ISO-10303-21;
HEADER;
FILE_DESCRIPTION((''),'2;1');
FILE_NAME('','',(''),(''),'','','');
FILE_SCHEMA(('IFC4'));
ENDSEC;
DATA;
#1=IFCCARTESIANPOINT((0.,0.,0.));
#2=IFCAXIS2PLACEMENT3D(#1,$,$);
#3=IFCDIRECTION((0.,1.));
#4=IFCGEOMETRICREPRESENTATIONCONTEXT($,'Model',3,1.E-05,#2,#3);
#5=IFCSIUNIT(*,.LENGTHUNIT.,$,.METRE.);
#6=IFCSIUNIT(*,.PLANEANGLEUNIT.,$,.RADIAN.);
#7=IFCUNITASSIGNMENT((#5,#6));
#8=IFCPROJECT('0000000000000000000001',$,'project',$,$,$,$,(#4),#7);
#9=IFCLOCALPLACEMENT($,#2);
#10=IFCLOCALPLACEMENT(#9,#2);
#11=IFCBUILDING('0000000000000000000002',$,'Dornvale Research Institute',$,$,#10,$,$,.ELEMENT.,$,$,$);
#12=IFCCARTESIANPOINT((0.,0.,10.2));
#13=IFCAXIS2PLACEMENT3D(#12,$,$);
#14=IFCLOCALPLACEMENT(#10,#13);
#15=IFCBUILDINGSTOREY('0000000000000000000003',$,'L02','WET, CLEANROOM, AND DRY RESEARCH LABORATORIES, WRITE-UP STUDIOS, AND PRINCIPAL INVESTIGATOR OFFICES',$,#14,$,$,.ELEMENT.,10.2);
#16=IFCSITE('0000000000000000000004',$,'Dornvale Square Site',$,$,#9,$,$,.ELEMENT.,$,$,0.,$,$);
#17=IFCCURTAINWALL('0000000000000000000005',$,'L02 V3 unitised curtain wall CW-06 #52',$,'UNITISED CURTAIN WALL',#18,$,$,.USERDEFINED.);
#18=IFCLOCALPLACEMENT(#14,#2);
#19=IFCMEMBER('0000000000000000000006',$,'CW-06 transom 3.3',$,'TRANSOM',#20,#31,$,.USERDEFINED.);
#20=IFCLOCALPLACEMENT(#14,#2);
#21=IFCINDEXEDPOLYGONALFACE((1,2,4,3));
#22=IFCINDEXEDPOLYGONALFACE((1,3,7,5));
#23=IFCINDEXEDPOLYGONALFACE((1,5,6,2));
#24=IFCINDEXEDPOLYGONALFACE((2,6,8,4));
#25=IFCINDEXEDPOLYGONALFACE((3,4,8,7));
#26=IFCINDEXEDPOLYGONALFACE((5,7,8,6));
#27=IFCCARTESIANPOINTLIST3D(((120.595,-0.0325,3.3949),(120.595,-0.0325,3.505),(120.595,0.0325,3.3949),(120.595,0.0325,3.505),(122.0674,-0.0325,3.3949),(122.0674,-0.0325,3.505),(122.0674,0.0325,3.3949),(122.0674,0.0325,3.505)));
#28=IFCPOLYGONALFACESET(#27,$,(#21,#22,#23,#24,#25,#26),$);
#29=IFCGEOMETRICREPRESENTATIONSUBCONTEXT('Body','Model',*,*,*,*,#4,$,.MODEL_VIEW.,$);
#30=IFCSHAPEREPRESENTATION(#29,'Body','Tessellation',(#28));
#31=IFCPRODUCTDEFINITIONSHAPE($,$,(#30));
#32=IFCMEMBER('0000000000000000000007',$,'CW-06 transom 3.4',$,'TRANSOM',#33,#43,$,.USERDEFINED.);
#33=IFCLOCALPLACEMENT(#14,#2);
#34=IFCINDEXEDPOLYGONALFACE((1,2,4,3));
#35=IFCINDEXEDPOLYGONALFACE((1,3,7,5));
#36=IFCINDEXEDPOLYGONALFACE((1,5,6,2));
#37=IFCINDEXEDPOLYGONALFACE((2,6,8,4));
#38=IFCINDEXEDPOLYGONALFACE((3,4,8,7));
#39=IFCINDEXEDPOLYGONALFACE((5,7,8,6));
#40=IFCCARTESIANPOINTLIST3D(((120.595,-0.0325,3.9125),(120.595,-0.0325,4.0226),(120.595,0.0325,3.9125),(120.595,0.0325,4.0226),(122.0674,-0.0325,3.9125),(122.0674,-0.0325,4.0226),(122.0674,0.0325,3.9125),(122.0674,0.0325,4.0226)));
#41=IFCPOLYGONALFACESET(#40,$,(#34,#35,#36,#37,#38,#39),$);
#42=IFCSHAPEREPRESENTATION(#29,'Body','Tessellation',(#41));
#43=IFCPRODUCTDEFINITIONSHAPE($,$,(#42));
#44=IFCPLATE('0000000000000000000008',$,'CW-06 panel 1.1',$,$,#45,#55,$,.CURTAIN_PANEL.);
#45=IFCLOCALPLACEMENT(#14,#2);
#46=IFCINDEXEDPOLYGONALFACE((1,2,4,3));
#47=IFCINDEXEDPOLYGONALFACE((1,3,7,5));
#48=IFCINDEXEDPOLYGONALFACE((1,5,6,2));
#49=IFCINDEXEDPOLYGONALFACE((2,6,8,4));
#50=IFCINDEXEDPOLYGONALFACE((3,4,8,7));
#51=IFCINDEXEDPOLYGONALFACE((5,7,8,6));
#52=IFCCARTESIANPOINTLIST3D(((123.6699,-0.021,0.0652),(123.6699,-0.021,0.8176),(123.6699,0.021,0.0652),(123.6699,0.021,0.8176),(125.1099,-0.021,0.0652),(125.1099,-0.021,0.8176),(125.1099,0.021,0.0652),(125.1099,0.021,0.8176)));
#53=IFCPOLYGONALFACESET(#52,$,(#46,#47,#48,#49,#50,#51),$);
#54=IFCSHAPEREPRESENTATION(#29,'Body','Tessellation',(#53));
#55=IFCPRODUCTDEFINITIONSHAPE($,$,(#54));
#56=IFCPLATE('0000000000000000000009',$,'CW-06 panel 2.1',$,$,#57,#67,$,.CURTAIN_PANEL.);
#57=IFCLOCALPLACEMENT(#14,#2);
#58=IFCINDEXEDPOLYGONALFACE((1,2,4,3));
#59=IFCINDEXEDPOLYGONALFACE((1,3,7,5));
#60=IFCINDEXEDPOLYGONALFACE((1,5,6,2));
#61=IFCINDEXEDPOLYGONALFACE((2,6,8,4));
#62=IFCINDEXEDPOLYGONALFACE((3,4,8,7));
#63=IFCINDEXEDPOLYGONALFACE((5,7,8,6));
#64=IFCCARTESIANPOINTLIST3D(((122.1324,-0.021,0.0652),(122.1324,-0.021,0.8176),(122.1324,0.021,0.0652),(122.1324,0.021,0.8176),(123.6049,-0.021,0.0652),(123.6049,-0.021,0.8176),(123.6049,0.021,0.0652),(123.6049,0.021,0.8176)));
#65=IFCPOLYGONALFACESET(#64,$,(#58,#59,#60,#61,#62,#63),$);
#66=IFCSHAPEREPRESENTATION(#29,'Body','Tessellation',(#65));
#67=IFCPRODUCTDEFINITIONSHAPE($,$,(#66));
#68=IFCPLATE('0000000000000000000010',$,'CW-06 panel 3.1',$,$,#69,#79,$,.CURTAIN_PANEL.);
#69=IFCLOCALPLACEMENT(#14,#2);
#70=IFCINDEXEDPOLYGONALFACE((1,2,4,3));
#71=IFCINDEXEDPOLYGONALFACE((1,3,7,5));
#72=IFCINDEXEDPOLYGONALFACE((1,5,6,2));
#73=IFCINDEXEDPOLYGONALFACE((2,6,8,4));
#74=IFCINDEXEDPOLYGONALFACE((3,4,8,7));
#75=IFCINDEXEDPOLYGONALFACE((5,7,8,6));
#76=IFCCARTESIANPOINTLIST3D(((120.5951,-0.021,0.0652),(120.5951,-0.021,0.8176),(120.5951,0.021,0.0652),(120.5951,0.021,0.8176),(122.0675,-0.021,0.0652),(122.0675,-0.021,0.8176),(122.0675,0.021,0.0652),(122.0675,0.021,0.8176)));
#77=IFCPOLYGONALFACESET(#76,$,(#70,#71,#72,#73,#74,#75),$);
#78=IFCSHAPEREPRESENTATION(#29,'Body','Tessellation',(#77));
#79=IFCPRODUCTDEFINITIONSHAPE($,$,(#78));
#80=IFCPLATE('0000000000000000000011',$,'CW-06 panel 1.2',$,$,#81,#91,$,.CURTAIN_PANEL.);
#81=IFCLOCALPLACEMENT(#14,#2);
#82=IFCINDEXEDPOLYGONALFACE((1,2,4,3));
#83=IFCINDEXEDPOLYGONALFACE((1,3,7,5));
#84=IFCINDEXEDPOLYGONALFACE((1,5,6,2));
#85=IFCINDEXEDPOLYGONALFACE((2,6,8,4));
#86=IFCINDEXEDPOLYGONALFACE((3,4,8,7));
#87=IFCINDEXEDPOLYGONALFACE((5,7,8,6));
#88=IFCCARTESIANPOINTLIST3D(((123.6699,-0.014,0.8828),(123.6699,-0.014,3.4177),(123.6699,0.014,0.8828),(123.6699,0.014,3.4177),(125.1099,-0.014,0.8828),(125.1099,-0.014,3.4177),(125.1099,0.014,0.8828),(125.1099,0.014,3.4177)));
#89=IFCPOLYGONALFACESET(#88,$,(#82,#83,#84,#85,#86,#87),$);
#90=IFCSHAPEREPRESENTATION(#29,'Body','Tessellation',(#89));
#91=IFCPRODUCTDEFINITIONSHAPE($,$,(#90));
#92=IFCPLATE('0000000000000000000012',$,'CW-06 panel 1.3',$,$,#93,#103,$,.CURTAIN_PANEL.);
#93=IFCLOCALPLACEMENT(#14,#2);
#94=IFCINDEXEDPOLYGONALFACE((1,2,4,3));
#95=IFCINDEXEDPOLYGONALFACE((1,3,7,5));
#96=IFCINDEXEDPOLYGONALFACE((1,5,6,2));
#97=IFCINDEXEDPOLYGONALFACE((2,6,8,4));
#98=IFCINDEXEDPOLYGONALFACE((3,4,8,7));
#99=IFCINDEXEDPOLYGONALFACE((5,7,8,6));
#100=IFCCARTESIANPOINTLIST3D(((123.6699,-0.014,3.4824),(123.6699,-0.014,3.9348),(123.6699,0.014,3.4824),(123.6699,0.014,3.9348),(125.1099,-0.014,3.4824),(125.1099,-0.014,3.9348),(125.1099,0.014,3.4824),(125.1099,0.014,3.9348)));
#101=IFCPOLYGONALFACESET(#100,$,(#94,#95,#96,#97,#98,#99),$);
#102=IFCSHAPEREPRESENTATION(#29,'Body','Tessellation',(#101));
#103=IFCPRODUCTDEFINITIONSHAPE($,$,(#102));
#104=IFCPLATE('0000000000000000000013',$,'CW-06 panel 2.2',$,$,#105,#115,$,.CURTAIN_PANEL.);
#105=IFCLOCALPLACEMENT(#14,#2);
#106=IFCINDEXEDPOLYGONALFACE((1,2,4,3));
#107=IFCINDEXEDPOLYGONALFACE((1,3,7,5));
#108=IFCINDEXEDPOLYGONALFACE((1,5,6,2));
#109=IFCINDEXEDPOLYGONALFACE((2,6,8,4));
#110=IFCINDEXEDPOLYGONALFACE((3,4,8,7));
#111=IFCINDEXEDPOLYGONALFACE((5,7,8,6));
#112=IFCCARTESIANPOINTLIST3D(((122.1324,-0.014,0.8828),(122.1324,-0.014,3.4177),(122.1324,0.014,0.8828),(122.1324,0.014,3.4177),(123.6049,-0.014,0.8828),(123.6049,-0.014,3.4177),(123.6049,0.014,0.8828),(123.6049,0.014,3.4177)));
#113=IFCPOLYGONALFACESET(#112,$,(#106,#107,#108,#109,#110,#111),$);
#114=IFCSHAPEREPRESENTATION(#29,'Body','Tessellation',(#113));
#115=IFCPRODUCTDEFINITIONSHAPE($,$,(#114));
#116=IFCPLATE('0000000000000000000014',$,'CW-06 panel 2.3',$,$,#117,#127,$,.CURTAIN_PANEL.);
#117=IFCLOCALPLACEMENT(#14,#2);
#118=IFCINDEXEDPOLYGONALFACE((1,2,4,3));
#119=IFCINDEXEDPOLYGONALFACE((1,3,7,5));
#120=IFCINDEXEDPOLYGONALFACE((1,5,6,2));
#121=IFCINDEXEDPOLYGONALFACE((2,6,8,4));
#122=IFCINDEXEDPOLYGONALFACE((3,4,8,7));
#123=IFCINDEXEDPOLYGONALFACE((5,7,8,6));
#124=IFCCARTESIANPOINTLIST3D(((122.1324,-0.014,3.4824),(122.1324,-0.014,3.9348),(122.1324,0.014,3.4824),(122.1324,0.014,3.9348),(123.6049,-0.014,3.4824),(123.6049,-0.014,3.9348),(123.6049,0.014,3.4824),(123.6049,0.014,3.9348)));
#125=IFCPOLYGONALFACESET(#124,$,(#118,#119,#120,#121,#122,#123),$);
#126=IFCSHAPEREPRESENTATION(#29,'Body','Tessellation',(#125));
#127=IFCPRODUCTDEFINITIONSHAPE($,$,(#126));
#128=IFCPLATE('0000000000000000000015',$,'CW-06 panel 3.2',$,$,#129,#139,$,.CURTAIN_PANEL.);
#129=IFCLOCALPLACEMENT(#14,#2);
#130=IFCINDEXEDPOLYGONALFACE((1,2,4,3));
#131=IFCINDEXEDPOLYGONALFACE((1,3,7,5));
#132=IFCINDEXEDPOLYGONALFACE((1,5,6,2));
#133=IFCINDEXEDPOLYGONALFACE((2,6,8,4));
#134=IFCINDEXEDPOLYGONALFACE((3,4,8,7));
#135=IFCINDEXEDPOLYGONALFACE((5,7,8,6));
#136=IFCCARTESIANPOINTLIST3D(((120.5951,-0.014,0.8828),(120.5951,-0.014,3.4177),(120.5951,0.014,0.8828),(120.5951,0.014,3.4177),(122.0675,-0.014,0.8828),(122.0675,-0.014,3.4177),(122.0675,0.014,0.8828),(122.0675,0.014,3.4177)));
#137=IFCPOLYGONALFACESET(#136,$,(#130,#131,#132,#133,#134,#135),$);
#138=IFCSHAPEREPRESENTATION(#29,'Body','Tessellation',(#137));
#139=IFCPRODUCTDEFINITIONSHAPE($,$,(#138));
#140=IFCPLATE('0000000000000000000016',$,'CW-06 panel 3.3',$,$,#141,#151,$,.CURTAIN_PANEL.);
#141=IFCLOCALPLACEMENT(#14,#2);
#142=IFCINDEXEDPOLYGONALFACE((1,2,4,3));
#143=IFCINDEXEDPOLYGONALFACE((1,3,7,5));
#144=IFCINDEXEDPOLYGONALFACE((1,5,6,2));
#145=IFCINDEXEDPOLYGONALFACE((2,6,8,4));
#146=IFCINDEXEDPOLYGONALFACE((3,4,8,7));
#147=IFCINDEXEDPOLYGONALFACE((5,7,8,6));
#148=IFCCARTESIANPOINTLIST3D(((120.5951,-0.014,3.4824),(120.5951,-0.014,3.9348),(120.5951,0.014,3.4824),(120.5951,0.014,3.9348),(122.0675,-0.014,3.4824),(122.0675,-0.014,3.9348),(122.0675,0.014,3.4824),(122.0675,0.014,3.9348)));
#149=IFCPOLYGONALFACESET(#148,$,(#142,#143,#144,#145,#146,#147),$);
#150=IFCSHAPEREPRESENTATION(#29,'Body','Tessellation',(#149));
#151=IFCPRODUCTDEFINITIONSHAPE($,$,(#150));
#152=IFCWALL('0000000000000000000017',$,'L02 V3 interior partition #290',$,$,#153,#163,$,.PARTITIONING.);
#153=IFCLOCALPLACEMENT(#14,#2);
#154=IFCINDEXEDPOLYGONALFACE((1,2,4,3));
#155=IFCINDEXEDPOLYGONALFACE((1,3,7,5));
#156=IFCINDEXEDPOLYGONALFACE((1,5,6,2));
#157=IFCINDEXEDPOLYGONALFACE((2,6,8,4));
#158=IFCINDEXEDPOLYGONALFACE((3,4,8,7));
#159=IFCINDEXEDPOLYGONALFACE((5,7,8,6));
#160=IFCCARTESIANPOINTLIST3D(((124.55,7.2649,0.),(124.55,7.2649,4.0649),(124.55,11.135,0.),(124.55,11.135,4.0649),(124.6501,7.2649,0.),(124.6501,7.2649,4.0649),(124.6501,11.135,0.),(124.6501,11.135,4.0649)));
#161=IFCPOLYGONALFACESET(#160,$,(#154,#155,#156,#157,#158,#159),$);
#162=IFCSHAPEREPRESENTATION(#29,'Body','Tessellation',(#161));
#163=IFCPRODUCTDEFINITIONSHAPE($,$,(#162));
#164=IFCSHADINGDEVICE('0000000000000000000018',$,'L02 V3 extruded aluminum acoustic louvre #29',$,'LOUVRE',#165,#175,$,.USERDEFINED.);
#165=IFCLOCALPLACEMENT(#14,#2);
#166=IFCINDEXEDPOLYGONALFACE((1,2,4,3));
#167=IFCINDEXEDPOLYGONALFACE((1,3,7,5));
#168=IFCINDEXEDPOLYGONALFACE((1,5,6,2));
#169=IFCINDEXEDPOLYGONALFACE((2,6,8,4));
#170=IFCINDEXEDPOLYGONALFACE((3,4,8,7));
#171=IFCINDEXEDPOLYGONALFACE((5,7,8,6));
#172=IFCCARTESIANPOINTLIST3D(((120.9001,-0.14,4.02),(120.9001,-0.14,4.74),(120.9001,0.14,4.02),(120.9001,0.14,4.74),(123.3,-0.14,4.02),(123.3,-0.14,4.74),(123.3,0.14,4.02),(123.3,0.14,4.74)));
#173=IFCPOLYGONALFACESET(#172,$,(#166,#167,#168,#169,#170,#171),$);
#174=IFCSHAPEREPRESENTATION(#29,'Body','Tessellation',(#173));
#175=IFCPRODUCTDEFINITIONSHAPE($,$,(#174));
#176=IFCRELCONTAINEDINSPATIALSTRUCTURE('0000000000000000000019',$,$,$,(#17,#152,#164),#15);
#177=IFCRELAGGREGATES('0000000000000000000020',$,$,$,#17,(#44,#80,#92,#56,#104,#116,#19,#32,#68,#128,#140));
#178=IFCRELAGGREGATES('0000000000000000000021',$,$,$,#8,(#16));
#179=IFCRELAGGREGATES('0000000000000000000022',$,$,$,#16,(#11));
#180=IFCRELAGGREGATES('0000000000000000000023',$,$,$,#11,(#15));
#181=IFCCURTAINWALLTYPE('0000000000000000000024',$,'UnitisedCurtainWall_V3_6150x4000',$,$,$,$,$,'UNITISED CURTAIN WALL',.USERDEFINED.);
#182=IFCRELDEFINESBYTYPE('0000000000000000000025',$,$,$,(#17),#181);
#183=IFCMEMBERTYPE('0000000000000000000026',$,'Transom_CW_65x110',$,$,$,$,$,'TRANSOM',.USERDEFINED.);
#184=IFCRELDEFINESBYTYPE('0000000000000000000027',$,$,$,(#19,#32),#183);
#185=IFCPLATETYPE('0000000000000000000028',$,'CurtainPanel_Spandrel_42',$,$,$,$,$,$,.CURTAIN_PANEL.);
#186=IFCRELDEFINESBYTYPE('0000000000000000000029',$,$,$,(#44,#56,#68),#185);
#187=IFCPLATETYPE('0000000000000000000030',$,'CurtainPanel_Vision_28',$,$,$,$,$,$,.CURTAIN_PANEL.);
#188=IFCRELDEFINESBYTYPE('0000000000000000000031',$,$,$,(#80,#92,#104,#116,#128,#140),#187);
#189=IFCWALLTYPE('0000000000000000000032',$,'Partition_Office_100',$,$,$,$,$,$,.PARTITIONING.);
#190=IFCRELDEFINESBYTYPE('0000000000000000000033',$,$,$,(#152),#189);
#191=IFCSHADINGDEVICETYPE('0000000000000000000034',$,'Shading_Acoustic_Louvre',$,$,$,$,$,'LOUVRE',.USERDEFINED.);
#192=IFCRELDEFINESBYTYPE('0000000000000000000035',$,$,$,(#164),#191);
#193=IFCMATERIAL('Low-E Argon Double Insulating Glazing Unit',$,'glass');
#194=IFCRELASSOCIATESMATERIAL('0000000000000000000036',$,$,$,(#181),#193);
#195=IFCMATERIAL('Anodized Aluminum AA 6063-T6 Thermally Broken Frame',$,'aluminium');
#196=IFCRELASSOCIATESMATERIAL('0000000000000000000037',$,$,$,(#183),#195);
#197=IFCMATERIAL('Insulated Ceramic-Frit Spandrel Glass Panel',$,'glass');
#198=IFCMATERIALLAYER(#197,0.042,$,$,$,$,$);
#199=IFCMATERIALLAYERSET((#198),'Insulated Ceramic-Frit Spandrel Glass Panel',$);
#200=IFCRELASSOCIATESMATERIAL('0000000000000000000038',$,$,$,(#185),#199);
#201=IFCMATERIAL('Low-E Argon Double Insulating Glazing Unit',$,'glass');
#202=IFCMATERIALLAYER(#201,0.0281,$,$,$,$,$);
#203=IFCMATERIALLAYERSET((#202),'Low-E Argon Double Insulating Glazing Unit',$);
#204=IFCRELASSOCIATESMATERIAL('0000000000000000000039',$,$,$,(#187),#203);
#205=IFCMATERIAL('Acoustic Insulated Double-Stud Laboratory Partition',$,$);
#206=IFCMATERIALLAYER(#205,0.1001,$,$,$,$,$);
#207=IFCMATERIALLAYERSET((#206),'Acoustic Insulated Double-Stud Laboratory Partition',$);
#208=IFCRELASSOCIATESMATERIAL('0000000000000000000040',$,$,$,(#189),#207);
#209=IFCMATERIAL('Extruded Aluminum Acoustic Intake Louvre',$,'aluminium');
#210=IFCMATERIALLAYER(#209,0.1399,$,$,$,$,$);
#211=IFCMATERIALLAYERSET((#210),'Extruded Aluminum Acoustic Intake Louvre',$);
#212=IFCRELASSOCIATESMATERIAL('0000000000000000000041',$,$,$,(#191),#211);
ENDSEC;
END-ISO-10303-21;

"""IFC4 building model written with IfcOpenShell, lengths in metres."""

from ifc_helpers import new_model, si_unit, direction, frame, frame_2d, origin, origin_2d, place, context, subcontext, project, spatial, rectangle, extrude, material, layer, layer_set, material_profile, profile_set, type_object, element, aggregate, save


model = new_model("IFC4")

# Units and contexts
model_context = context("Model", 3, precision=1e-05, world=origin(), true_north=direction((0.0, 1.0)))
body_context = subcontext(model_context, "Body", "Model", "MODEL_VIEW")
ifc_project = project(units=[si_unit("LENGTHUNIT", "METRE"), si_unit("PLANEANGLEUNIT", "RADIAN")], contexts=[model_context])

# Site, building, storey
site_placement = place(None, origin())
site = spatial("IfcSite", under=ifc_project, at=site_placement, Name="Dornvale Square Site", CompositionType="ELEMENT", RefElevation=0.0)
building_placement = place(site_placement, origin())
building = spatial("IfcBuilding", under=site, at=building_placement, Name="Dornvale Research Institute", CompositionType="ELEMENT")
storey_placement = place(building_placement, frame((0.0, 0.0, 10.2)))
storey = spatial("IfcBuildingStorey", under=building, at=storey_placement, Name="L02", Description="WET, CLEANROOM, AND DRY RESEARCH LABORATORIES, WRITE-UP STUDIOS, AND PRINCIPAL INVESTIGATOR OFFICES", CompositionType="ELEMENT", Elevation=10.2)

# Curtain wall, members, plates
ifc_material_1 = material(Name="Low-E Argon Double Insulating Glazing Unit", Category="glass")
curtain_wall_type = type_object("IfcCurtainWallType", Name="UnitisedCurtainWall_V3_6150x4000", ElementType="UNITISED CURTAIN WALL", PredefinedType="USERDEFINED", material=ifc_material_1)
curtain_wall_placement = place(storey_placement, origin())
curtain_wall = element("IfcCurtainWall", 1, at=curtain_wall_placement, inside=storey, type_object=curtain_wall_type, Name="L02 V3 unitised curtain wall CW-06 #52", ObjectType="UNITISED CURTAIN WALL", PredefinedType="USERDEFINED")
ifc_material_2 = material(Name="Anodized Aluminum AA 6063-T6 Thermally Broken Frame", Category="aluminium")
ifc_material_profile_1 = material_profile(ifc_material_2, rectangle(XDim=0.0649, YDim=0.1101, at=origin_2d()), Name="ALU TRANSOM 65x110")
ifc_profile_set_1 = profile_set([ifc_material_profile_1], Name="Anodized Aluminum AA 6063-T6 Thermally Broken Frame")
member_type_1 = type_object("IfcMemberType", Name="Transom_CW_65x110", ElementType="TRANSOM", PredefinedType="USERDEFINED", material=ifc_profile_set_1)
member_1_placement = place(storey_placement, frame((122.0674, 0.0, 3.45), z_axis=(-1.0, 0.0, 0.0), x_axis=(0.0, -1.0, 0.0)))
member_1 = element("IfcMember", 2, at=member_1_placement, type_object=member_type_1, Name="CW-06 transom 3.3", ObjectType="TRANSOM", PredefinedType="USERDEFINED", context=body_context, shape_type="SweptSolid", body=[
    extrude(rectangle(XDim=0.0649, YDim=0.1101, at=origin_2d()), origin(), (0.0, 0.0, 1.0), 1.4724),
])
member_2_placement = place(storey_placement, frame((122.0674, 0.0, 3.9675), z_axis=(-1.0, 0.0, 0.0), x_axis=(0.0, -1.0, 0.0)))
member_2 = element("IfcMember", 3, at=member_2_placement, type_object=member_type_1, Name="CW-06 transom 3.4", ObjectType="TRANSOM", PredefinedType="USERDEFINED", context=body_context, shape_type="SweptSolid", body=[
    extrude(rectangle(XDim=0.0649, YDim=0.1101, at=origin_2d()), origin(), (0.0, 0.0, 1.0), 1.4724),
])
ifc_material_3 = material(Name="Insulated Ceramic-Frit Spandrel Glass Panel", Category="glass")
ifc_layer_1 = layer(ifc_material_3, 0.042)
ifc_layer_set_1 = layer_set([ifc_layer_1], Name="Insulated Ceramic-Frit Spandrel Glass Panel")
plate_type_1 = type_object("IfcPlateType", Name="CurtainPanel_Spandrel_42", PredefinedType="CURTAIN_PANEL", material=ifc_layer_set_1)
plate_1_placement = place(storey_placement, frame((124.3899, 0.0, 0.0652), z_axis=(0.0, 0.0, 1.0), x_axis=(-1.0, 0.0, 0.0)))
plate_1 = element("IfcPlate", 4, at=plate_1_placement, type_object=plate_type_1, Name="CW-06 panel 1.1", PredefinedType="CURTAIN_PANEL", context=body_context, shape_type="SweptSolid", body=[
    extrude(rectangle(XDim=1.4399, YDim=0.042, at=origin_2d()), origin(), (0.0, 0.0, 1.0), 0.7524),
])
plate_2_placement = place(storey_placement, frame((122.8687, 0.0, 0.0652), z_axis=(0.0, 0.0, 1.0), x_axis=(-1.0, 0.0, 0.0)))
plate_2 = element("IfcPlate", 5, at=plate_2_placement, type_object=plate_type_1, Name="CW-06 panel 2.1", PredefinedType="CURTAIN_PANEL", context=body_context, shape_type="SweptSolid", body=[
    extrude(rectangle(XDim=1.4724, YDim=0.042, at=origin_2d()), origin(), (0.0, 0.0, 1.0), 0.7524),
])
plate_3_placement = place(storey_placement, frame((121.3313, 0.0, 0.0652), z_axis=(0.0, 0.0, 1.0), x_axis=(-1.0, 0.0, 0.0)))
plate_3 = element("IfcPlate", 6, at=plate_3_placement, type_object=plate_type_1, Name="CW-06 panel 3.1", PredefinedType="CURTAIN_PANEL", context=body_context, shape_type="SweptSolid", body=[
    extrude(rectangle(XDim=1.4724, YDim=0.042, at=origin_2d()), origin(), (0.0, 0.0, 1.0), 0.7524),
])
ifc_material_4 = material(Name="Low-E Argon Double Insulating Glazing Unit", Category="glass")
ifc_layer_2 = layer(ifc_material_4, 0.0281)
ifc_layer_set_2 = layer_set([ifc_layer_2], Name="Low-E Argon Double Insulating Glazing Unit")
plate_type_2 = type_object("IfcPlateType", Name="CurtainPanel_Vision_28", PredefinedType="CURTAIN_PANEL", material=ifc_layer_set_2)
plate_4_placement = place(storey_placement, frame((124.3899, 0.0, 0.8828), z_axis=(0.0, 0.0, 1.0), x_axis=(-1.0, 0.0, 0.0)))
plate_4 = element("IfcPlate", 7, at=plate_4_placement, type_object=plate_type_2, Name="CW-06 panel 1.2", PredefinedType="CURTAIN_PANEL", context=body_context, shape_type="SweptSolid", body=[
    extrude(rectangle(XDim=1.4399, YDim=0.0281, at=origin_2d()), origin(), (0.0, 0.0, 1.0), 2.5349),
])
plate_5_placement = place(storey_placement, frame((124.3899, 0.0, 3.4824), z_axis=(0.0, 0.0, 1.0), x_axis=(-1.0, 0.0, 0.0)))
plate_5 = element("IfcPlate", 8, at=plate_5_placement, type_object=plate_type_2, Name="CW-06 panel 1.3", PredefinedType="CURTAIN_PANEL", context=body_context, shape_type="SweptSolid", body=[
    extrude(rectangle(XDim=1.4399, YDim=0.0281, at=origin_2d()), origin(), (0.0, 0.0, 1.0), 0.4524),
])
plate_6_placement = place(storey_placement, frame((122.8687, 0.0, 0.8828), z_axis=(0.0, 0.0, 1.0), x_axis=(-1.0, 0.0, 0.0)))
plate_6 = element("IfcPlate", 9, at=plate_6_placement, type_object=plate_type_2, Name="CW-06 panel 2.2", PredefinedType="CURTAIN_PANEL", context=body_context, shape_type="SweptSolid", body=[
    extrude(rectangle(XDim=1.4724, YDim=0.0281, at=origin_2d()), origin(), (0.0, 0.0, 1.0), 2.5349),
])
plate_7_placement = place(storey_placement, frame((122.8687, 0.0, 3.4824), z_axis=(0.0, 0.0, 1.0), x_axis=(-1.0, 0.0, 0.0)))
plate_7 = element("IfcPlate", 10, at=plate_7_placement, type_object=plate_type_2, Name="CW-06 panel 2.3", PredefinedType="CURTAIN_PANEL", context=body_context, shape_type="SweptSolid", body=[
    extrude(rectangle(XDim=1.4724, YDim=0.0281, at=origin_2d()), origin(), (0.0, 0.0, 1.0), 0.4524),
])
plate_8_placement = place(storey_placement, frame((121.3313, 0.0, 0.8828), z_axis=(0.0, 0.0, 1.0), x_axis=(-1.0, 0.0, 0.0)))
plate_8 = element("IfcPlate", 11, at=plate_8_placement, type_object=plate_type_2, Name="CW-06 panel 3.2", PredefinedType="CURTAIN_PANEL", context=body_context, shape_type="SweptSolid", body=[
    extrude(rectangle(XDim=1.4724, YDim=0.0281, at=origin_2d()), origin(), (0.0, 0.0, 1.0), 2.5349),
])
plate_9_placement = place(storey_placement, frame((121.3313, 0.0, 3.4824), z_axis=(0.0, 0.0, 1.0), x_axis=(-1.0, 0.0, 0.0)))
plate_9 = element("IfcPlate", 12, at=plate_9_placement, type_object=plate_type_2, Name="CW-06 panel 3.3", PredefinedType="CURTAIN_PANEL", context=body_context, shape_type="SweptSolid", body=[
    extrude(rectangle(XDim=1.4724, YDim=0.0281, at=origin_2d()), origin(), (0.0, 0.0, 1.0), 0.4524),
])
aggregate(curtain_wall, [plate_1, plate_4, plate_5, plate_2, plate_6, plate_7, member_1, member_2, plate_3, plate_8, plate_9])

# Wall
ifc_material_5 = material(Name="Acoustic Insulated Double-Stud Laboratory Partition")
ifc_layer_3 = layer(ifc_material_5, 0.1001)
ifc_layer_set_3 = layer_set([ifc_layer_3], Name="Acoustic Insulated Double-Stud Laboratory Partition")
wall_type = type_object("IfcWallType", Name="Partition_Office_100", PredefinedType="PARTITIONING", material=ifc_layer_set_3)
wall_placement = place(storey_placement, frame((124.6001, 7.2649, 0.0), z_axis=(0.0, 0.0, 1.0), x_axis=(0.0, 1.0, 0.0)))
element("IfcWall", 13, at=wall_placement, inside=storey, type_object=wall_type, Name="L02 V3 interior partition #290", PredefinedType="PARTITIONING", context=body_context, shape_type="SweptSolid", body=[
    extrude(rectangle(XDim=3.8701, YDim=0.1001, at=frame_2d((1.9351, 0.0))), origin(), (0.0, 0.0, 1.0), 4.0649),
])

# Shading device
ifc_material_6 = material(Name="Extruded Aluminum Acoustic Intake Louvre", Category="aluminium")
ifc_layer_4 = layer(ifc_material_6, 0.1399)
ifc_layer_set_4 = layer_set([ifc_layer_4], Name="Extruded Aluminum Acoustic Intake Louvre")
shading_device_type = type_object("IfcShadingDeviceType", Name="Shading_Acoustic_Louvre", ElementType="LOUVRE", PredefinedType="USERDEFINED", material=ifc_layer_set_4)
shading_device_placement = place(storey_placement, frame((122.1001, 0.0, 4.02), z_axis=(0.0, 0.0, 1.0), x_axis=(1.0, 0.0, 0.0)))
element("IfcShadingDevice", 14, at=shading_device_placement, inside=storey, type_object=shading_device_type, Name="L02 V3 extruded aluminum acoustic louvre #29", ObjectType="LOUVRE", PredefinedType="USERDEFINED", context=body_context, shape_type="SweptSolid", body=[
    extrude(rectangle(XDim=2.3999, YDim=0.28, at=origin_2d()), origin(), (0.0, 0.0, 1.0), 0.72),
])

save(model, "model.ifc")
